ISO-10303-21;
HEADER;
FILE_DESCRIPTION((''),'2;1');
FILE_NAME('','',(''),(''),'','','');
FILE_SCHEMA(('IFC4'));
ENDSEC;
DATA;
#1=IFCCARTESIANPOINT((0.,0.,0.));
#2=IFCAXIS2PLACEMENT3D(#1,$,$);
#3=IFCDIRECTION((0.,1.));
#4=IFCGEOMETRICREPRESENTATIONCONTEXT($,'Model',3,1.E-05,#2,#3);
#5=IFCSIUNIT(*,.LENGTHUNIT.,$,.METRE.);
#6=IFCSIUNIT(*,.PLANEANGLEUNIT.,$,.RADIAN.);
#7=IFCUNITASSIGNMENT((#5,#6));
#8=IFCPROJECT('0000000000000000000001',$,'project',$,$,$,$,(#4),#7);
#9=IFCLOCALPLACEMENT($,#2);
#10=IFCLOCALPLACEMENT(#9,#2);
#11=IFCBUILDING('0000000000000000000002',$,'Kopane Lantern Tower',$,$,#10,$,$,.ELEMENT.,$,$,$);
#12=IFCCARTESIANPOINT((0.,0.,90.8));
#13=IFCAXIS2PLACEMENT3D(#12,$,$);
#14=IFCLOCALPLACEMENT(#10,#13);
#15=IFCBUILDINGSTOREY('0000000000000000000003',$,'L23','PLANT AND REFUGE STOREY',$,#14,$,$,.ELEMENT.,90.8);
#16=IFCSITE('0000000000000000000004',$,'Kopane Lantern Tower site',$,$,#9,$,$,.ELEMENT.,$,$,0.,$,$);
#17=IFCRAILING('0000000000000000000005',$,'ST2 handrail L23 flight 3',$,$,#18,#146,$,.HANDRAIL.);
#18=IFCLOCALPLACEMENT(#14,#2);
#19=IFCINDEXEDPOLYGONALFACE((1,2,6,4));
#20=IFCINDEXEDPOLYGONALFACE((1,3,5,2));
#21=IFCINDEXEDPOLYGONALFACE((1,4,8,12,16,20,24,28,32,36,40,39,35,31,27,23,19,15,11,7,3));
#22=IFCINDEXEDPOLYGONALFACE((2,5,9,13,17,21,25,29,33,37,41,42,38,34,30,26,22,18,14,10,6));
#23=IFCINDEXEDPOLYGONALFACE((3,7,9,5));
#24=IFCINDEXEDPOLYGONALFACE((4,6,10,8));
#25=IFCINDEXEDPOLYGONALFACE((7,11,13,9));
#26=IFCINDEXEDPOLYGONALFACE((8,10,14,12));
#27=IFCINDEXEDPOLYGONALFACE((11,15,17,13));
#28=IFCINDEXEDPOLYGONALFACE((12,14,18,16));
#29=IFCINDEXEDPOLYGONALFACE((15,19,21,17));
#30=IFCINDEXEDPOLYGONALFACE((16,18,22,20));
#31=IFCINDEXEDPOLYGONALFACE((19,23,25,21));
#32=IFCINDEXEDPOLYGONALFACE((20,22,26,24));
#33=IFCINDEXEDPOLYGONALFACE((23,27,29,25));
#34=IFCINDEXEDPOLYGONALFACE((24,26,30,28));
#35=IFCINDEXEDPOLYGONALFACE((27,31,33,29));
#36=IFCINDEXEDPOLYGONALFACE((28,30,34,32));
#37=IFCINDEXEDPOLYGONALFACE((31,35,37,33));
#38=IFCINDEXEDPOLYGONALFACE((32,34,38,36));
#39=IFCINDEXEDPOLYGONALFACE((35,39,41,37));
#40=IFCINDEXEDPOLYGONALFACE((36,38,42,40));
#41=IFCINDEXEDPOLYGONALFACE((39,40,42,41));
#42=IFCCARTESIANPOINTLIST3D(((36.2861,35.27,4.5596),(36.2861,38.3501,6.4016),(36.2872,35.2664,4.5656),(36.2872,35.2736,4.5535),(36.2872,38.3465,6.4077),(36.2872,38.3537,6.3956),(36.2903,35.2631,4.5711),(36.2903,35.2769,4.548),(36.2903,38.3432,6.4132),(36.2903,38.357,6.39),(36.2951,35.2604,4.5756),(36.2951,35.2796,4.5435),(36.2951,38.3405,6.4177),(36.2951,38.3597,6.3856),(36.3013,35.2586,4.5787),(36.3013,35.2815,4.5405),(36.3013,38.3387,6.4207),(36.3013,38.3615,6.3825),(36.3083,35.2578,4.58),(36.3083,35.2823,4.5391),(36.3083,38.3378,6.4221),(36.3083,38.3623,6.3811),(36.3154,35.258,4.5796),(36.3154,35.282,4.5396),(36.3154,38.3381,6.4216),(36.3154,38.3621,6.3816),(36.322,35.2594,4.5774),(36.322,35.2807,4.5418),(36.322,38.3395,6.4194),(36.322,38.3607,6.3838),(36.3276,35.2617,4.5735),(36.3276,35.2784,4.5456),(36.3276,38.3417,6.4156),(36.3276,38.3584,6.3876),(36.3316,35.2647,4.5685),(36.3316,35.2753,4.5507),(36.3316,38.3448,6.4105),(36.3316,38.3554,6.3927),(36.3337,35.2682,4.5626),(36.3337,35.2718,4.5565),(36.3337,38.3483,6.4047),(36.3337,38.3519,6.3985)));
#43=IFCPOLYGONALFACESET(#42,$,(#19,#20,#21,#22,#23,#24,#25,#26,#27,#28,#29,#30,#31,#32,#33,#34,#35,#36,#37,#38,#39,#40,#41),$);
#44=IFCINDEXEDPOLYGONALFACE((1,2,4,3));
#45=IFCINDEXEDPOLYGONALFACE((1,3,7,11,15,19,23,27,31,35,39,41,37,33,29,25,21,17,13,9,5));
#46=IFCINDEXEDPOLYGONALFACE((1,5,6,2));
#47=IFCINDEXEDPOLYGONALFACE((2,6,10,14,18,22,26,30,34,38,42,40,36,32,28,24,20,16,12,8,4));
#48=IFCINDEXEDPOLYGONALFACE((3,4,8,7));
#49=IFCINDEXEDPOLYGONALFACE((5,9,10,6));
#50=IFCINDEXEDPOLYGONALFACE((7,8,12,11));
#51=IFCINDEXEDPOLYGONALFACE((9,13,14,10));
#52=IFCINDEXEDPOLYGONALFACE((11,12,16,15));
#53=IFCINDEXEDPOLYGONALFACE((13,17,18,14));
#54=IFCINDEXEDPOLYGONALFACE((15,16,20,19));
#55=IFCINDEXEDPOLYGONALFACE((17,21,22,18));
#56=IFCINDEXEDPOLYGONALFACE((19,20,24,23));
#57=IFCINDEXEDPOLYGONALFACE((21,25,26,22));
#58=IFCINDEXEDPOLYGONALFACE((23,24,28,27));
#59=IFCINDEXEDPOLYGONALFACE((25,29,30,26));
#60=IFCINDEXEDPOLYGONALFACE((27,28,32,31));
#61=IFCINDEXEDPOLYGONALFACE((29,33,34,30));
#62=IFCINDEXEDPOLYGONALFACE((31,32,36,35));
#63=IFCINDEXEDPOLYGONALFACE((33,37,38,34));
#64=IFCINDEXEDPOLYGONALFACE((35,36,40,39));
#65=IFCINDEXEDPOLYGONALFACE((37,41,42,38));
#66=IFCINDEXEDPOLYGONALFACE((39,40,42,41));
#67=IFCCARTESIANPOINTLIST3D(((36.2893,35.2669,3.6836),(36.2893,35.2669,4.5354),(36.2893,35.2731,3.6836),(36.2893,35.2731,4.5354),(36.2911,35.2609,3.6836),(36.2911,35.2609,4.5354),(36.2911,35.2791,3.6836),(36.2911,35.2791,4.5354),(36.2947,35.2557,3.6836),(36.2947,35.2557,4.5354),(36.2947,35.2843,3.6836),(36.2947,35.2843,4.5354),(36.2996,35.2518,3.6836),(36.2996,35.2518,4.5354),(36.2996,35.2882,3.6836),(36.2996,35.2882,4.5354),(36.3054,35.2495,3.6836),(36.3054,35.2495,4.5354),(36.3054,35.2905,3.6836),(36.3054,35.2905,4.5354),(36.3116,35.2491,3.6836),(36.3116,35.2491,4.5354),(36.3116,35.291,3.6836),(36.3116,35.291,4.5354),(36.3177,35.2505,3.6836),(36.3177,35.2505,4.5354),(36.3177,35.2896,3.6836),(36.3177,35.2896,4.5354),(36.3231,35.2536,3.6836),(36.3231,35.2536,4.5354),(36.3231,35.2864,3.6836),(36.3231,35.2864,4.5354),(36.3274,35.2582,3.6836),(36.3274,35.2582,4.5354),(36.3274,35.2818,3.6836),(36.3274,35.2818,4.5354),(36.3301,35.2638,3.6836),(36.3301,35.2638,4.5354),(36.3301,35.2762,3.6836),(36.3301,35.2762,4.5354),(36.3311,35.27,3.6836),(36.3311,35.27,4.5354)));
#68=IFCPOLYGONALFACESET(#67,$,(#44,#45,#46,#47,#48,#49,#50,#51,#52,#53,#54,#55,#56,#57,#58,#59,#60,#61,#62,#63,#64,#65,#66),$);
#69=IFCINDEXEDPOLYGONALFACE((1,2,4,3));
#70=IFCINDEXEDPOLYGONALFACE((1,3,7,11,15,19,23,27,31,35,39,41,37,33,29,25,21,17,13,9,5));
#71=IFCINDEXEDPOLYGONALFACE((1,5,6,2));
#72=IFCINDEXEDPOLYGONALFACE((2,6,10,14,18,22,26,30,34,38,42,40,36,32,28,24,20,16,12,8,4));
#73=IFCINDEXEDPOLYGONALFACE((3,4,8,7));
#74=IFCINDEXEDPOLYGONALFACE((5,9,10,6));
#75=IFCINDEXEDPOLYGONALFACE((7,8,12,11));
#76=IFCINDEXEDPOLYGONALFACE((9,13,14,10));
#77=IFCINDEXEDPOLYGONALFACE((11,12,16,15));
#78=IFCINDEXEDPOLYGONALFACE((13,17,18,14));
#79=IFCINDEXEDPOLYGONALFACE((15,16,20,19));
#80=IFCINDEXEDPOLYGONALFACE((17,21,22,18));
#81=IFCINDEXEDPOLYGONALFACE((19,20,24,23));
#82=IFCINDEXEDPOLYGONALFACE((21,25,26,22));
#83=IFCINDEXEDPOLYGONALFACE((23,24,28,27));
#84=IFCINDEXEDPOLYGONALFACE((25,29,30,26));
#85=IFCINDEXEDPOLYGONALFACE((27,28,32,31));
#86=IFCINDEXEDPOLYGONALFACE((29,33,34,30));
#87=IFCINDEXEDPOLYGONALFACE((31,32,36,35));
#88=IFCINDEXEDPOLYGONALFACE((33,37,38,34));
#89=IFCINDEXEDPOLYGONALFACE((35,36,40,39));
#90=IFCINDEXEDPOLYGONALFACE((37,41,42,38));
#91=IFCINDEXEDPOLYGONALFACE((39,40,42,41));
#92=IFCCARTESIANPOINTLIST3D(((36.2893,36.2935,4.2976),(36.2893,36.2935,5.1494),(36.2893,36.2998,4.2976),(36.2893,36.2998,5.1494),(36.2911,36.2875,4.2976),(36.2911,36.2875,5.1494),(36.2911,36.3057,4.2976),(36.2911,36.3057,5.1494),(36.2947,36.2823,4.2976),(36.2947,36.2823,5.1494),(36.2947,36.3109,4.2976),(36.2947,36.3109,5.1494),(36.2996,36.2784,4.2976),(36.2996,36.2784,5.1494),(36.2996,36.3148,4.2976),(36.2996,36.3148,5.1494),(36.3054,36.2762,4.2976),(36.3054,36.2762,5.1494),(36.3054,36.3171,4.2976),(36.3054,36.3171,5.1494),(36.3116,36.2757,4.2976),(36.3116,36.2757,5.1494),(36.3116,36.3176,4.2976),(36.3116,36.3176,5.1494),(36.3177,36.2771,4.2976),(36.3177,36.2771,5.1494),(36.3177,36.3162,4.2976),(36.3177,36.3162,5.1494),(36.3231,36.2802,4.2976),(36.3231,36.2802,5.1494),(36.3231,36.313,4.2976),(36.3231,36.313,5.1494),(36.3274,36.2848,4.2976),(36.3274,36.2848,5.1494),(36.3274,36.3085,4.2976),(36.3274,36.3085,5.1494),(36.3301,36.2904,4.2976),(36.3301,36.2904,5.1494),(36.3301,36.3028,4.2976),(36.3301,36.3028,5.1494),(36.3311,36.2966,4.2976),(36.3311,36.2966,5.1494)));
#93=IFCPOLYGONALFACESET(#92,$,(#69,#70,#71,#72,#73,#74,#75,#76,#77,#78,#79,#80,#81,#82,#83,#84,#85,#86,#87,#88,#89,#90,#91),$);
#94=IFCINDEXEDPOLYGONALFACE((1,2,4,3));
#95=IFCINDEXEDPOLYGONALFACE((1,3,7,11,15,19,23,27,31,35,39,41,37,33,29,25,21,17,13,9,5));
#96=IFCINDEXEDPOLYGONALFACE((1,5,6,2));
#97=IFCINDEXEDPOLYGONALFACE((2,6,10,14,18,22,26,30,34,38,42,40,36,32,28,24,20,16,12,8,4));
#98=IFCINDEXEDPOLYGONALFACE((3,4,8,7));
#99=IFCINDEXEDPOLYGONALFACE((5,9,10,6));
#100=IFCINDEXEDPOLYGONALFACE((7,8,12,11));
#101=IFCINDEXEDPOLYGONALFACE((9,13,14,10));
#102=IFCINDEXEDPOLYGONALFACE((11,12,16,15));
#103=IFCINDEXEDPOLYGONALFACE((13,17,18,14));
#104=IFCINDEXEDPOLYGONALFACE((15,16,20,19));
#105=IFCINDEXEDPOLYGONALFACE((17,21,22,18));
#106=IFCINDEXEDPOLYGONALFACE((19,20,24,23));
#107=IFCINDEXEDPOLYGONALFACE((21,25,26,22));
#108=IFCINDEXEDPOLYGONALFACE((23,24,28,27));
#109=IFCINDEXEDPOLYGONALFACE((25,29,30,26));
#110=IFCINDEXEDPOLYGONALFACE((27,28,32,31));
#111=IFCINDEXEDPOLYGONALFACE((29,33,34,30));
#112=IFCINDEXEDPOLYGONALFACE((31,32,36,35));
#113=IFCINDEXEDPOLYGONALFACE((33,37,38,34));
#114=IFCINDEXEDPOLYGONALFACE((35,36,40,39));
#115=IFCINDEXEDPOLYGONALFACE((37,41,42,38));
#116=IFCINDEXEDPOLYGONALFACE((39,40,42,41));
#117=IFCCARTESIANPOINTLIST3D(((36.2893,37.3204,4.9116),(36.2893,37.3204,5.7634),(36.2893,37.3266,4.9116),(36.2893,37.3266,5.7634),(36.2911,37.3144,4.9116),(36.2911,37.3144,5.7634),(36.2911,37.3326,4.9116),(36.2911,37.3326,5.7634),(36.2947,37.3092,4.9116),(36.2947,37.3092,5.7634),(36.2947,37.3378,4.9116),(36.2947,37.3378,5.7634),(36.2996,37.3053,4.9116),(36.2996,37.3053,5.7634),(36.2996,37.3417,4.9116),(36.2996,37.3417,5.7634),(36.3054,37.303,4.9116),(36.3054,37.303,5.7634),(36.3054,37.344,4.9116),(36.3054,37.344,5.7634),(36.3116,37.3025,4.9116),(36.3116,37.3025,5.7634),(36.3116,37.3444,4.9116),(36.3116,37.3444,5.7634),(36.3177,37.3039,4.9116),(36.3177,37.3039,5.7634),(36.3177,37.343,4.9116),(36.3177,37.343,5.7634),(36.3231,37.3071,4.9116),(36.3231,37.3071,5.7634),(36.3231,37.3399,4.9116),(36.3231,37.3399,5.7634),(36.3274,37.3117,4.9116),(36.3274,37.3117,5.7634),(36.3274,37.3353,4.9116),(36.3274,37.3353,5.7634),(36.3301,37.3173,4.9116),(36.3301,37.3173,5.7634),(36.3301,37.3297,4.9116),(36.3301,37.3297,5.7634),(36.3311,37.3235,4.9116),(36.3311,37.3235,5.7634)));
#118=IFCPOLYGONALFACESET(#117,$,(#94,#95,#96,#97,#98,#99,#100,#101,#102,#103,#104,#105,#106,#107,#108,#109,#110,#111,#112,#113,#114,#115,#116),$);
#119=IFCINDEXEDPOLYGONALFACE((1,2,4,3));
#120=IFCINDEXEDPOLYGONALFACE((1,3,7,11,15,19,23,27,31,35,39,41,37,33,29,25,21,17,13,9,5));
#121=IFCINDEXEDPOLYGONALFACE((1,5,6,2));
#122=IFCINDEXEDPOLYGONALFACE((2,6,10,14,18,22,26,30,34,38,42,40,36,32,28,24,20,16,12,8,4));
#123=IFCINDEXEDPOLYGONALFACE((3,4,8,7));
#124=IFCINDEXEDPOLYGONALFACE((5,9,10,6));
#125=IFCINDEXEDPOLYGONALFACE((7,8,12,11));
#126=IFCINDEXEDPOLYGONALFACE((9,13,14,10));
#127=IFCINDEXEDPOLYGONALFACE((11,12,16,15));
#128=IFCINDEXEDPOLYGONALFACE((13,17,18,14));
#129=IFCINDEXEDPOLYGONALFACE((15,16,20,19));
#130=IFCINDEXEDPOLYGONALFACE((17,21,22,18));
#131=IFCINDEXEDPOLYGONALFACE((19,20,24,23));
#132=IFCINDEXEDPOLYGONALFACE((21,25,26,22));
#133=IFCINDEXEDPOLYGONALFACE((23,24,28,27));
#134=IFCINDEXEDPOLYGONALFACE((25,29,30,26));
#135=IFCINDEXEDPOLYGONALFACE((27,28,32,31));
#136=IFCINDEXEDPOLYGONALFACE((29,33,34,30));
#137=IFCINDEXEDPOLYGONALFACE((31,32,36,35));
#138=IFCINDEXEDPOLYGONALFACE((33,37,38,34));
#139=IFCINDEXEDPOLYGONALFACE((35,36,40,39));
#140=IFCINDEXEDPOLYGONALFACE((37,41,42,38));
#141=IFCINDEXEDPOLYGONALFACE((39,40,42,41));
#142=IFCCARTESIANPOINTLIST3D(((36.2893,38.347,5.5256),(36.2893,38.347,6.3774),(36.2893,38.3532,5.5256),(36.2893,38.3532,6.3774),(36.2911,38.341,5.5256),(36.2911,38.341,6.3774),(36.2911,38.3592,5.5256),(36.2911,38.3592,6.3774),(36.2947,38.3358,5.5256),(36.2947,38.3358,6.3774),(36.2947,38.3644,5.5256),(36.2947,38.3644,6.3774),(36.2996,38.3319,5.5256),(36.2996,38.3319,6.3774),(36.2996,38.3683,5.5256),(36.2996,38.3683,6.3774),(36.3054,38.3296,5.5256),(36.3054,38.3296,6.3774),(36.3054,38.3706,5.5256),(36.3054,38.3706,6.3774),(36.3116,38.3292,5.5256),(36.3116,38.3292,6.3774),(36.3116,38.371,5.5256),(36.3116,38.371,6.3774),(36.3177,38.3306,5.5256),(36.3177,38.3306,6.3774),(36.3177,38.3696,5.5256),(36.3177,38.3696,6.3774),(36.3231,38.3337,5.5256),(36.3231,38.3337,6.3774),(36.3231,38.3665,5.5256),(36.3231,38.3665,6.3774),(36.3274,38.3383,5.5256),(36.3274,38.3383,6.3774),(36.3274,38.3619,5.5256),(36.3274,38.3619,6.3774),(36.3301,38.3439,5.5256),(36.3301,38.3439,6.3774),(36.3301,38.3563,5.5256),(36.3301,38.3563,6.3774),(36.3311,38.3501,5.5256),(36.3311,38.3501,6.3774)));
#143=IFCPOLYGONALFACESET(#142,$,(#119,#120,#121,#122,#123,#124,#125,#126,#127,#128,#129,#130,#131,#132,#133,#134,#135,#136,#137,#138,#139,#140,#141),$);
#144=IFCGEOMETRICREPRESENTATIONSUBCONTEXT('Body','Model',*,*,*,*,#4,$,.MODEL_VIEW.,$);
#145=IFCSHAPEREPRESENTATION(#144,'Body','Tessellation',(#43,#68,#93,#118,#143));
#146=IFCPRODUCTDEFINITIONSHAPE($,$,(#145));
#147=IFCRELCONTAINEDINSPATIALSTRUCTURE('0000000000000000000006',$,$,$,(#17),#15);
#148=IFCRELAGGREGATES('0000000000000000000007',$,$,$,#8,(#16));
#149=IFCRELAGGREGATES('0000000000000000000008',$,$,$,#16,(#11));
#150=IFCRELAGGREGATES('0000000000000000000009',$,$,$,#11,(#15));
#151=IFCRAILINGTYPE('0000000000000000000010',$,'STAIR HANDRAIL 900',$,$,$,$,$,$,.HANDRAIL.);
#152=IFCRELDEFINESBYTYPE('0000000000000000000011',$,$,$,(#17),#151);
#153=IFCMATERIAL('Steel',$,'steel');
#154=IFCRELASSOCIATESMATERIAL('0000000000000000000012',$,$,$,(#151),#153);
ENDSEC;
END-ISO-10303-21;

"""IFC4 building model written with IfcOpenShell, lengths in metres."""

from ifc_helpers import new_model, si_unit, direction, frame, origin, origin_2d, place, context, subcontext, project, spatial, circle, extrude, material, type_object, element, save


model = new_model("IFC4")

# Units and contexts
model_context = context("Model", 3, precision=1e-05, world=origin(), true_north=direction((0.0, 1.0)))
body_context = subcontext(model_context, "Body", "Model", "MODEL_VIEW")
ifc_project = project(units=[si_unit("LENGTHUNIT", "METRE"), si_unit("PLANEANGLEUNIT", "RADIAN")], contexts=[model_context])

# Site, building, storey
site_placement = place(None, origin())
site = spatial("IfcSite", under=ifc_project, at=site_placement, Name="Kopane Lantern Tower site", CompositionType="ELEMENT", RefElevation=0.0)
building_placement = place(site_placement, origin())
building = spatial("IfcBuilding", under=site, at=building_placement, Name="Kopane Lantern Tower", CompositionType="ELEMENT")
storey_placement = place(building_placement, frame((0.0, 0.0, 90.8)))
storey = spatial("IfcBuildingStorey", under=building, at=storey_placement, Name="L23", Description="PLANT AND REFUGE STOREY", CompositionType="ELEMENT", Elevation=90.8)

# Railing
ifc_material_1 = material(Name="Steel", Category="steel")
railing_type_1 = type_object("IfcRailingType", Name="STAIR HANDRAIL 900", PredefinedType="HANDRAIL", material=ifc_material_1)
for number, where, name in (
    (1, (36.3101, 35.27, 3.6836), "ST2 handrail L23 flight 3"),
):
    element("IfcRailing", number, at=place(storey_placement, frame(where)), inside=storey, type_object=railing_type_1, Name=name, PredefinedType="HANDRAIL", context=body_context, shape_type="SweptSolid", body=[
        extrude(circle(Radius=0.0239, at=origin_2d()), frame((0.0, 0.0, 0.876), z_axis=(0.0, 0.85823, 0.513265), x_axis=(-1.0, 0.0, 0.0)), (0.0, 0.0, 1.0), 3.5889),
        extrude(circle(Radius=0.021, at=origin_2d()), origin(), (0.0, 0.0, 1.0), 0.8518),
        extrude(circle(Radius=0.021, at=origin_2d()), frame((0.0, 1.0266, 0.614)), (0.0, 0.0, 1.0), 0.8518),
        extrude(circle(Radius=0.021, at=origin_2d()), frame((0.0, 2.0535, 1.228)), (0.0, 0.0, 1.0), 0.8518),
        extrude(circle(Radius=0.021, at=origin_2d()), frame((0.0, 3.0801, 1.842)), (0.0, 0.0, 1.0), 0.8518),
    ])

save(model, "model.ifc")
